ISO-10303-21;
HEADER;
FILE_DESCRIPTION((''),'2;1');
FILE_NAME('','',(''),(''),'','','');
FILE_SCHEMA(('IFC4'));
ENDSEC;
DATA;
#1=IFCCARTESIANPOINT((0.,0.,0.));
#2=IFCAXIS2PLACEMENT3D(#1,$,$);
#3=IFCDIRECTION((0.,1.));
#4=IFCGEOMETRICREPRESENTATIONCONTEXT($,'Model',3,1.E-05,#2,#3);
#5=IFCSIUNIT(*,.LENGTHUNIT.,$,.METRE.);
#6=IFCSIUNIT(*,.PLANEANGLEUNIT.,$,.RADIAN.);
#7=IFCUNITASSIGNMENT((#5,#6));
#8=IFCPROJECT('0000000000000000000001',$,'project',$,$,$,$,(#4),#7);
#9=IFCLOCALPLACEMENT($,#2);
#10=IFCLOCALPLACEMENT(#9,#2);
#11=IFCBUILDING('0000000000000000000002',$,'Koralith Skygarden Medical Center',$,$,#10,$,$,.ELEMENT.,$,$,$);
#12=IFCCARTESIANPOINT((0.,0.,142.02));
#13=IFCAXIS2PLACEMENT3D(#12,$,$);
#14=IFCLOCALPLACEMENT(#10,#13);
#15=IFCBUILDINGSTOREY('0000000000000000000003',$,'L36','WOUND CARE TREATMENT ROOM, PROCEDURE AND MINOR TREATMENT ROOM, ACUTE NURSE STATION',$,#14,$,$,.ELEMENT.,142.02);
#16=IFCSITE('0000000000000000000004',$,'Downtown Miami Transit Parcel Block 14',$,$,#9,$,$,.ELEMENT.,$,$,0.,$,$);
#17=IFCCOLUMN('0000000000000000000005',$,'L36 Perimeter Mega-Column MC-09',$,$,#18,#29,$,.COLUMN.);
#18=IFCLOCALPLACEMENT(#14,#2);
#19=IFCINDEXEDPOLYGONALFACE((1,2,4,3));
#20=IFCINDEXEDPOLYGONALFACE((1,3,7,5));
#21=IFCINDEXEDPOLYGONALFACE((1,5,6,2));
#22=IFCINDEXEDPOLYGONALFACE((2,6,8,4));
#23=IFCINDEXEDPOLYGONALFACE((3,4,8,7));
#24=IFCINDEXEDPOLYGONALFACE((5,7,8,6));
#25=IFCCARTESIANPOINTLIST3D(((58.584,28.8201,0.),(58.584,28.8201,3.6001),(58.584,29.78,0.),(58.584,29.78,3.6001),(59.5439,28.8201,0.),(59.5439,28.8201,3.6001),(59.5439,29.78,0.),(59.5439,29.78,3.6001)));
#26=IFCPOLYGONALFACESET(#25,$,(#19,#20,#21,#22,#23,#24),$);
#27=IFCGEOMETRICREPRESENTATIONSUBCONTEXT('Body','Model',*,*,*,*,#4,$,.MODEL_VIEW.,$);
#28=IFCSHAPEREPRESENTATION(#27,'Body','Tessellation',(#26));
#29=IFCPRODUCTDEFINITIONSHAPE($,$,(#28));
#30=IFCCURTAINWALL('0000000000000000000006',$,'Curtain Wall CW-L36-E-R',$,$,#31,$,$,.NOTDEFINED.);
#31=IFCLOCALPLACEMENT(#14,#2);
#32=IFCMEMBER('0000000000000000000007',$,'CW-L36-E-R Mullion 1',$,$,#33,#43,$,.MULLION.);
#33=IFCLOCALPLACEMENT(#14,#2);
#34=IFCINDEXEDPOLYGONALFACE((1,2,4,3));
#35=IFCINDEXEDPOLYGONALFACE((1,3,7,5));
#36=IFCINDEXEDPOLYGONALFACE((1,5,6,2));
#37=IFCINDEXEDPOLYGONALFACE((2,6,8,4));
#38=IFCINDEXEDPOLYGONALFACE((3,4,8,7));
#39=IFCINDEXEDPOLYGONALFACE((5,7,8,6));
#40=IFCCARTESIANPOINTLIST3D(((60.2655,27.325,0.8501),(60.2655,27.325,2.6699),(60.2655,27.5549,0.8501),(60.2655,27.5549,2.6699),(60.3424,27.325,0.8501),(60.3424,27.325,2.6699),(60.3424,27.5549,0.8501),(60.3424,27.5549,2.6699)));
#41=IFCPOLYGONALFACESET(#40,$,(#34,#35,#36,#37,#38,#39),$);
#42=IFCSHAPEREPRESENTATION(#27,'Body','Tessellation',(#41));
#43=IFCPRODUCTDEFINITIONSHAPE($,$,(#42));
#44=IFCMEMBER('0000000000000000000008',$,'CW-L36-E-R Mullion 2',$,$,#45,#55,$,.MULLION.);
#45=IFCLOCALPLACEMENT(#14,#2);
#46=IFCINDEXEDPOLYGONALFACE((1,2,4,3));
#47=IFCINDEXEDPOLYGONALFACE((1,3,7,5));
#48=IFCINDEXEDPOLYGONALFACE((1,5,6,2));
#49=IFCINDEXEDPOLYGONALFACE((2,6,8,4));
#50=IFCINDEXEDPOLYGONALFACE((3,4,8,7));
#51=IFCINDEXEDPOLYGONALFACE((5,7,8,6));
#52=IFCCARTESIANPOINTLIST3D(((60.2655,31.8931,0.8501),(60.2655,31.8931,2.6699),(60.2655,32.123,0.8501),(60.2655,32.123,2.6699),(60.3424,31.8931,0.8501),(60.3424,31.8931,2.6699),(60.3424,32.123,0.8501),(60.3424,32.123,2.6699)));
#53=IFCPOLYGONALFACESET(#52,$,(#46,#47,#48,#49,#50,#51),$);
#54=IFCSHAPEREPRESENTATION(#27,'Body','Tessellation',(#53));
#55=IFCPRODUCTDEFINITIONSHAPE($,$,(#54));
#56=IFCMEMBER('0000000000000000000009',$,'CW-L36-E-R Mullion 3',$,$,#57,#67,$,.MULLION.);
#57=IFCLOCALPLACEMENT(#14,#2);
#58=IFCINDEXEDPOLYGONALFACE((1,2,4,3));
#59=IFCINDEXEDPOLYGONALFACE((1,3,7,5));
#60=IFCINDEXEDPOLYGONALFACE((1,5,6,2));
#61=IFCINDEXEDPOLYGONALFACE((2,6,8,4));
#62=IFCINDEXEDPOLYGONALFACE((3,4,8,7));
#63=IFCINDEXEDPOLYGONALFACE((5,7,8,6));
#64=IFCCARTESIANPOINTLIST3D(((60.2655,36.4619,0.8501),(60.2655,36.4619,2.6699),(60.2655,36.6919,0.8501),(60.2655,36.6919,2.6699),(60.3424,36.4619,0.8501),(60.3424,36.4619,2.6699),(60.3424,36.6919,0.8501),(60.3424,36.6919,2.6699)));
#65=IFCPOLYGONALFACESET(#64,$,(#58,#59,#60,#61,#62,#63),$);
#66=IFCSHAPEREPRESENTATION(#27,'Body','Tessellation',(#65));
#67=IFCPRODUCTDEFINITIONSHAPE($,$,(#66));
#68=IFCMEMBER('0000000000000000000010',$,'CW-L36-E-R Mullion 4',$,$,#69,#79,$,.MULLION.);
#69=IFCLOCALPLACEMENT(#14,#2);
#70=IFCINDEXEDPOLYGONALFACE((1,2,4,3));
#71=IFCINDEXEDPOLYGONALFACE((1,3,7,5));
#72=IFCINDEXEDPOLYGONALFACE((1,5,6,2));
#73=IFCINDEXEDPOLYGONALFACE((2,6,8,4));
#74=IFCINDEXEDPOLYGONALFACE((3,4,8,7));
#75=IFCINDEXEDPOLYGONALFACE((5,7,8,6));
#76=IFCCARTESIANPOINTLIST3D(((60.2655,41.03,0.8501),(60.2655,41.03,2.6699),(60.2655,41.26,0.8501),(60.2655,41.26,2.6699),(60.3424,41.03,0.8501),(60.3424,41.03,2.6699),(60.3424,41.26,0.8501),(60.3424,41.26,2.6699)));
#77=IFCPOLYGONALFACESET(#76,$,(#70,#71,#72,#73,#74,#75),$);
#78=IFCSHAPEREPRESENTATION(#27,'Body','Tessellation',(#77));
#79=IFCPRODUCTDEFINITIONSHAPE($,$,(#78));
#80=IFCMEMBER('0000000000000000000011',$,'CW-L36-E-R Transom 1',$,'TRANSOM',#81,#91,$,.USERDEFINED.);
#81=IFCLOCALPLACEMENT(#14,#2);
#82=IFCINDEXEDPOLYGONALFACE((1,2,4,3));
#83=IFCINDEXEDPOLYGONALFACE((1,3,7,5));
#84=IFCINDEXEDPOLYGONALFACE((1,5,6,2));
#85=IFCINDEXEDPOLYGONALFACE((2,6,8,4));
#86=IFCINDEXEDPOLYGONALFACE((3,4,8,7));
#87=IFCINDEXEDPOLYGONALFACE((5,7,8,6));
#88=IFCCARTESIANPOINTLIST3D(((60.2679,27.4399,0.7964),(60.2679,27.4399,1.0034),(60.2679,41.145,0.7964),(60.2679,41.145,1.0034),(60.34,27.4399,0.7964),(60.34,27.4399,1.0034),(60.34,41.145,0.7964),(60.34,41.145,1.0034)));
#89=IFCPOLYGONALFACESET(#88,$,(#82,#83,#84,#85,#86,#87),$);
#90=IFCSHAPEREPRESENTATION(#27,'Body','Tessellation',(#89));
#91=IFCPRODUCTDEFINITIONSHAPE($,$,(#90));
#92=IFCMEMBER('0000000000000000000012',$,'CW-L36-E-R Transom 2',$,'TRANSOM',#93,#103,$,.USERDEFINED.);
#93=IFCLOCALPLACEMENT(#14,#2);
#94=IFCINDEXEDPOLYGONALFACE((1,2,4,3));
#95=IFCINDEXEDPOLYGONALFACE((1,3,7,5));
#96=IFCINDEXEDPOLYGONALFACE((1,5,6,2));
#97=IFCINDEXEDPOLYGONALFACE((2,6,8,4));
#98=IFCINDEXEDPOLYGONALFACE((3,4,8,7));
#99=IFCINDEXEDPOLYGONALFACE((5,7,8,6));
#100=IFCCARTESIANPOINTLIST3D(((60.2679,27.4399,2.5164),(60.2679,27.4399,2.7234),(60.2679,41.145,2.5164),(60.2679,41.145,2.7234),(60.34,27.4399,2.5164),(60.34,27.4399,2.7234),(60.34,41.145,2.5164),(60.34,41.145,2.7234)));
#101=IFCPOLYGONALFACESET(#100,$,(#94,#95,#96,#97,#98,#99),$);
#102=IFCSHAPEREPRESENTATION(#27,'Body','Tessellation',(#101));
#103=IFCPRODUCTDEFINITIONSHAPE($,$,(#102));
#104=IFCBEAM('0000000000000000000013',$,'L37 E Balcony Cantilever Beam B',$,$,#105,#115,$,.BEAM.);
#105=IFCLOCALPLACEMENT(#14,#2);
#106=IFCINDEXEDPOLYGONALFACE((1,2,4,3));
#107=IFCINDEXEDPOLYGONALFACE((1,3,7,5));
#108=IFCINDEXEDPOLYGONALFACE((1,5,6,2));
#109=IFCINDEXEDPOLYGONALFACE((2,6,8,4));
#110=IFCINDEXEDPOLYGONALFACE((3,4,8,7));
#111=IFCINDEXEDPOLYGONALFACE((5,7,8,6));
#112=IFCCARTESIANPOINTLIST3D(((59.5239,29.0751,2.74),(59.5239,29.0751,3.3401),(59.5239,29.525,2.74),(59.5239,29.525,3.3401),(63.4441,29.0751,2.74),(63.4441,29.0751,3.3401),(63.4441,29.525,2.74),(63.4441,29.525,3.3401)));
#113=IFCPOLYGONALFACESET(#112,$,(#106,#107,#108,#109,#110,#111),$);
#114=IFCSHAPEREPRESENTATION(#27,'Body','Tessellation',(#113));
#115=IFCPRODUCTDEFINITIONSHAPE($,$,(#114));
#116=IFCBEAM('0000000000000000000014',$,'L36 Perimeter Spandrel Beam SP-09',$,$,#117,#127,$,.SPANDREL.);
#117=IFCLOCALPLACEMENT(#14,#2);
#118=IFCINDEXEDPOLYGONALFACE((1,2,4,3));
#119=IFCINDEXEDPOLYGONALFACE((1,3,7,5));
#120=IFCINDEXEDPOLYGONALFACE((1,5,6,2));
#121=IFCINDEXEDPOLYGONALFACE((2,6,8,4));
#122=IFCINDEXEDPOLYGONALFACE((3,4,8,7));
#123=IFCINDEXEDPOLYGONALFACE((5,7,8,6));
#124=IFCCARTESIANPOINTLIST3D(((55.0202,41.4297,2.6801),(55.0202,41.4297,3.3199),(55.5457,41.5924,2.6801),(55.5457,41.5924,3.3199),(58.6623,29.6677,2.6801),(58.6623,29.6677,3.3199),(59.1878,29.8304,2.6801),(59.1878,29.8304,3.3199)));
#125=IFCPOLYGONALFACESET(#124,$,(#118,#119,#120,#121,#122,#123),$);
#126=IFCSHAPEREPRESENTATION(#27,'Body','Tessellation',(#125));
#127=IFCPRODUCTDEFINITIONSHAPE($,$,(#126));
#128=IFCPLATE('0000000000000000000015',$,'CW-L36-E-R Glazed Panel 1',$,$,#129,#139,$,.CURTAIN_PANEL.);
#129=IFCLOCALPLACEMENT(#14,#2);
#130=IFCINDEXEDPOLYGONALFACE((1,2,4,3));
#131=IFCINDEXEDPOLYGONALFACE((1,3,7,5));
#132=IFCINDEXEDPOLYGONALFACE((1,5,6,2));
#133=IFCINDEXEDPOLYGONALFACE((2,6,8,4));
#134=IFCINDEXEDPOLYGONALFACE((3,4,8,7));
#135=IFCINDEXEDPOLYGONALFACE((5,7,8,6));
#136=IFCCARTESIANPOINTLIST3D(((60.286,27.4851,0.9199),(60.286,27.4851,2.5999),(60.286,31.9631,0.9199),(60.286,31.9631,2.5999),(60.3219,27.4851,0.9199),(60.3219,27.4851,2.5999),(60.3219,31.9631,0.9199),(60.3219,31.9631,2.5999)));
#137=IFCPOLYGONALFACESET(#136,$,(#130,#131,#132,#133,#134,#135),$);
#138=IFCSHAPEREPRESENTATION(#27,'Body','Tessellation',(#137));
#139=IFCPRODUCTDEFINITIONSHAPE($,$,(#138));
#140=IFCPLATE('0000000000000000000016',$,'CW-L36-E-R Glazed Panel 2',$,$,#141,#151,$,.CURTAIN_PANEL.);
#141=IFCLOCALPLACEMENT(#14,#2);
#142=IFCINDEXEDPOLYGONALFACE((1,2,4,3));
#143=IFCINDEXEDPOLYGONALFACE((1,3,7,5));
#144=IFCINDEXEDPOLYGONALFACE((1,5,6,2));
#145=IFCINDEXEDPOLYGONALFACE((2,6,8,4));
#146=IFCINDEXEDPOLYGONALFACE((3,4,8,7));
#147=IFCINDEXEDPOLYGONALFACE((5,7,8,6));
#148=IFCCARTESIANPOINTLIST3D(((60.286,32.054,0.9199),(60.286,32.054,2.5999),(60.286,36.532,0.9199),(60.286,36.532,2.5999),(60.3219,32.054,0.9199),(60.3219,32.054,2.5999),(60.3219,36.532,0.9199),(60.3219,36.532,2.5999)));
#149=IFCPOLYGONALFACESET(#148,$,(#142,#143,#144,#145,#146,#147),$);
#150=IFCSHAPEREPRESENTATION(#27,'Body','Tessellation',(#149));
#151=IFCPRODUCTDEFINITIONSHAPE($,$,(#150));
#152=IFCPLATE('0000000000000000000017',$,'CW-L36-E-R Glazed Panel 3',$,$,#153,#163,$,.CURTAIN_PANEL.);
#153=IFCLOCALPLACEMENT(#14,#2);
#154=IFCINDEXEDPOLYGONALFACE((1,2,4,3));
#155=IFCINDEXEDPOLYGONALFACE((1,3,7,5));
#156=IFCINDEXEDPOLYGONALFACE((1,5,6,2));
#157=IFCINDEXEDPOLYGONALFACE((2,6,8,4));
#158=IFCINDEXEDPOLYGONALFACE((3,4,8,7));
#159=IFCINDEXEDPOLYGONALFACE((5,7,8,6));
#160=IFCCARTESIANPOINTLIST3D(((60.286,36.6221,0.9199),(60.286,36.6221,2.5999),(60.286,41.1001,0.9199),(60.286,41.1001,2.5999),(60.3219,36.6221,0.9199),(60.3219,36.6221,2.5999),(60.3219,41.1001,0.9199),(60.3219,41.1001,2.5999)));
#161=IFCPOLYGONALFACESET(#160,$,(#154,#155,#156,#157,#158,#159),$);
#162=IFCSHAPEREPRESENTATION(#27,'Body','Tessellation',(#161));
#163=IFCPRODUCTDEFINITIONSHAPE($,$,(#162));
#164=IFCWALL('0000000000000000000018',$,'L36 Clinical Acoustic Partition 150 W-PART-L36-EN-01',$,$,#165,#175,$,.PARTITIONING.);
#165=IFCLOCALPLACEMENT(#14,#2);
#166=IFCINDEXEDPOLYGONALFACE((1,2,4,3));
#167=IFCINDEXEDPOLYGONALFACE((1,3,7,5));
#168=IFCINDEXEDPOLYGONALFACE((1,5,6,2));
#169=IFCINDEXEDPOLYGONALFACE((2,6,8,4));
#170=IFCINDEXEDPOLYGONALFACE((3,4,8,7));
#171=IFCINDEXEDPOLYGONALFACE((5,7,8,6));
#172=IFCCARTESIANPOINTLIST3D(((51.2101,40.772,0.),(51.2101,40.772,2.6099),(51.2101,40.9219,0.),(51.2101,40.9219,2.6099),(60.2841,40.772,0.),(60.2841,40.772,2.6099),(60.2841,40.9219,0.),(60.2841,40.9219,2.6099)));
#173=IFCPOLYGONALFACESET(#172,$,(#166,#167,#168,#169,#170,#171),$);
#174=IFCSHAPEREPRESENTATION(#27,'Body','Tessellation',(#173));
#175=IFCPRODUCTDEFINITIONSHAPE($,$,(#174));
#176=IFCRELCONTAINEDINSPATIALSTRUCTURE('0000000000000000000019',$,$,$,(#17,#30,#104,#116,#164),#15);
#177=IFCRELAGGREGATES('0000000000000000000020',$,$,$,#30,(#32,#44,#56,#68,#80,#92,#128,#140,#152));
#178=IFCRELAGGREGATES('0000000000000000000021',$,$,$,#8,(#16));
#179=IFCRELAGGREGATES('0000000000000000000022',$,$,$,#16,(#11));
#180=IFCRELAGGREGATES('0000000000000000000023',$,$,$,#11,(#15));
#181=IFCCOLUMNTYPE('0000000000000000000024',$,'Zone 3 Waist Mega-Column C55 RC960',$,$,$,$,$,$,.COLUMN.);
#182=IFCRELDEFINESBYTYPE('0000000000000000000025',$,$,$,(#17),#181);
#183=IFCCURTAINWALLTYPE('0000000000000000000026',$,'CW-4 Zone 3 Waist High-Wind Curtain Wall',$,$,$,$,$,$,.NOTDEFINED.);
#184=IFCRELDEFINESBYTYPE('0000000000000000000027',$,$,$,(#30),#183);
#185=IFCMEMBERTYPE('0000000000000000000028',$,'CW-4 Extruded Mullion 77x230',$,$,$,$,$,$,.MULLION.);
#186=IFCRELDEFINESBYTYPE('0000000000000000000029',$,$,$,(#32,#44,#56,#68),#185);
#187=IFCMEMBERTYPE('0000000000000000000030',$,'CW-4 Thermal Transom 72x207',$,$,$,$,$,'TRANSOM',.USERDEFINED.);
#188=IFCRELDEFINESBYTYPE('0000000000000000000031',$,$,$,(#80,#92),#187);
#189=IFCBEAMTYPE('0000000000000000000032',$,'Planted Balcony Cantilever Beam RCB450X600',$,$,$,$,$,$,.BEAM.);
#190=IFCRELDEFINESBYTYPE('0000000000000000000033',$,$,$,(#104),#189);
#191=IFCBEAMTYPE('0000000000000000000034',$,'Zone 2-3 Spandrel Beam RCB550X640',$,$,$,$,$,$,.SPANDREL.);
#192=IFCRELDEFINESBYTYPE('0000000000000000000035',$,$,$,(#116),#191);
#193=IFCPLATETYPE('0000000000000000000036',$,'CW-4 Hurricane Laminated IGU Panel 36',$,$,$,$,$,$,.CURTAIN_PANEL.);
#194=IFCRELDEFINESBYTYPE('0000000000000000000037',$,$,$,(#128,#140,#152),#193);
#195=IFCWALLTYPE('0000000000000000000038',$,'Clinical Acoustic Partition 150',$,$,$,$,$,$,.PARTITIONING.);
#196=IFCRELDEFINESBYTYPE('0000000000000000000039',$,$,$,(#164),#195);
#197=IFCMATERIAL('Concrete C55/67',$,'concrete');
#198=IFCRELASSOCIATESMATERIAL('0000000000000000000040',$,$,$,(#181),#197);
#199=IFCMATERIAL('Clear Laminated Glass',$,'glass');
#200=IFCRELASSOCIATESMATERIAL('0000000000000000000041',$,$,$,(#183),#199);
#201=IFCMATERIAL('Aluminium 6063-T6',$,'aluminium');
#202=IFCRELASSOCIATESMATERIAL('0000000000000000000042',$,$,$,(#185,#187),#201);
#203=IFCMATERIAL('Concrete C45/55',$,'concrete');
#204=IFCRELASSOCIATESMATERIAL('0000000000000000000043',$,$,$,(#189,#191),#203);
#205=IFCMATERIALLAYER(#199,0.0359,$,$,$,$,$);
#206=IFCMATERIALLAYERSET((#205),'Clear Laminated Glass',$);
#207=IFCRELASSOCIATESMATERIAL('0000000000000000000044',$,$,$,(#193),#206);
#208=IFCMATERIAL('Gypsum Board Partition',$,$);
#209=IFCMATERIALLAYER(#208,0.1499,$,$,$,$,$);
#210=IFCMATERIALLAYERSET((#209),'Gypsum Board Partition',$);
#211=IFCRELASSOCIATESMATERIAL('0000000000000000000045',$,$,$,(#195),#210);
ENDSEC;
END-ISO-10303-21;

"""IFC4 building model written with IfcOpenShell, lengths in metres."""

from ifc_helpers import new_model, si_unit, direction, frame, frame_2d, origin, origin_2d, place, context, subcontext, project, spatial, rectangle, extrude, material, layer, layer_set, material_profile, profile_set, type_object, element, aggregate, save


model = new_model("IFC4")

# Units and contexts
model_context = context("Model", 3, precision=1e-05, world=origin(), true_north=direction((0.0, 1.0)))
body_context = subcontext(model_context, "Body", "Model", "MODEL_VIEW")
ifc_project = project(units=[si_unit("LENGTHUNIT", "METRE"), si_unit("PLANEANGLEUNIT", "RADIAN")], contexts=[model_context])

# Site, building, storey
site_placement = place(None, origin())
site = spatial("IfcSite", under=ifc_project, at=site_placement, Name="Downtown Miami Transit Parcel Block 14", CompositionType="ELEMENT", RefElevation=0.0)
building_placement = place(site_placement, origin())
building = spatial("IfcBuilding", under=site, at=building_placement, Name="Koralith Skygarden Medical Center", CompositionType="ELEMENT")
storey_placement = place(building_placement, frame((0.0, 0.0, 142.02)))
storey = spatial("IfcBuildingStorey", under=building, at=storey_placement, Name="L36", Description="WOUND CARE TREATMENT ROOM, PROCEDURE AND MINOR TREATMENT ROOM, ACUTE NURSE STATION", CompositionType="ELEMENT", Elevation=142.02)

# Column
ifc_material_1 = material(Name="Concrete C55/67", Category="concrete")
ifc_material_profile_1 = material_profile(ifc_material_1, rectangle(XDim=0.96, YDim=0.96, at=origin_2d()), Name="RC960X960")
ifc_profile_set_1 = profile_set([ifc_material_profile_1], Name="Concrete C55/67")
column_type = type_object("IfcColumnType", Name="Zone 3 Waist Mega-Column C55 RC960", PredefinedType="COLUMN", material=ifc_profile_set_1)
column_placement = place(storey_placement, frame((59.064, 29.3, 0.0), z_axis=(0.0, 0.0, 1.0), x_axis=(1.0, 0.0, 0.0)))
element("IfcColumn", 1, at=column_placement, inside=storey, type_object=column_type, Name="L36 Perimeter Mega-Column MC-09", PredefinedType="COLUMN", context=body_context, shape_type="SweptSolid", body=[
    extrude(rectangle(XDim=0.96, YDim=0.96, at=origin_2d()), origin(), (0.0, 0.0, 1.0), 3.6001),
])

# Curtain wall, members
ifc_material_2 = material(Name="Clear Laminated Glass", Category="glass")
curtain_wall_type = type_object("IfcCurtainWallType", Name="CW-4 Zone 3 Waist High-Wind Curtain Wall", PredefinedType="NOTDEFINED", material=ifc_material_2)
curtain_wall_placement = place(storey_placement, origin())
curtain_wall = element("IfcCurtainWall", 2, at=curtain_wall_placement, inside=storey, type_object=curtain_wall_type, Name="Curtain Wall CW-L36-E-R", PredefinedType="NOTDEFINED")
ifc_material_3 = material(Name="Aluminium 6063-T6", Category="aluminium")
ifc_material_profile_2 = material_profile(ifc_material_3, rectangle(XDim=0.0769, YDim=0.23, at=origin_2d()), Name="MUL77X230")
ifc_profile_set_2 = profile_set([ifc_material_profile_2], Name="Aluminium 6063-T6")
member_type_1 = type_object("IfcMemberType", Name="CW-4 Extruded Mullion 77x230", PredefinedType="MULLION", material=ifc_profile_set_2)
member_1_placement = place(storey_placement, frame((60.304, 27.4399, 0.8501), z_axis=(0.0, 0.0, 1.0), x_axis=(1.0, 0.0, 0.0)))
member_1 = element("IfcMember", 3, at=member_1_placement, type_object=member_type_1, Name="CW-L36-E-R Mullion 1", PredefinedType="MULLION", context=body_context, shape_type="SweptSolid", body=[
    extrude(rectangle(XDim=0.0769, YDim=0.23, at=origin_2d()), origin(), (0.0, 0.0, 1.0), 1.8198),
])
member_2_placement = place(storey_placement, frame((60.304, 32.0081, 0.8501), z_axis=(0.0, 0.0, 1.0), x_axis=(1.0, 0.0, 0.0)))
member_2 = element("IfcMember", 4, at=member_2_placement, type_object=member_type_1, Name="CW-L36-E-R Mullion 2", PredefinedType="MULLION", context=body_context, shape_type="SweptSolid", body=[
    extrude(rectangle(XDim=0.0769, YDim=0.23, at=origin_2d()), origin(), (0.0, 0.0, 1.0), 1.8198),
])
member_3_placement = place(storey_placement, frame((60.304, 36.5769, 0.8501), z_axis=(0.0, 0.0, 1.0), x_axis=(1.0, 0.0, 0.0)))
member_3 = element("IfcMember", 5, at=member_3_placement, type_object=member_type_1, Name="CW-L36-E-R Mullion 3", PredefinedType="MULLION", context=body_context, shape_type="SweptSolid", body=[
    extrude(rectangle(XDim=0.0769, YDim=0.23, at=origin_2d()), origin(), (0.0, 0.0, 1.0), 1.8198),
])
member_4_placement = place(storey_placement, frame((60.304, 41.145, 0.8501), z_axis=(0.0, 0.0, 1.0), x_axis=(1.0, 0.0, 0.0)))
member_4 = element("IfcMember", 6, at=member_4_placement, type_object=member_type_1, Name="CW-L36-E-R Mullion 4", PredefinedType="MULLION", context=body_context, shape_type="SweptSolid", body=[
    extrude(rectangle(XDim=0.0769, YDim=0.23, at=origin_2d()), origin(), (0.0, 0.0, 1.0), 1.8198),
])
ifc_material_profile_3 = material_profile(ifc_material_3, rectangle(XDim=0.072, YDim=0.207, at=origin_2d()), Name="TRN72X207")
ifc_profile_set_3 = profile_set([ifc_material_profile_3], Name="Aluminium 6063-T6")
member_type_2 = type_object("IfcMemberType", Name="CW-4 Thermal Transom 72x207", ElementType="TRANSOM", PredefinedType="USERDEFINED", material=ifc_profile_set_3)
member_5_placement = place(storey_placement, frame((60.304, 27.4399, 0.8999), z_axis=(0.0, 1.0, 0.0), x_axis=(-1.0, 0.0, 0.0)))
member_5 = element("IfcMember", 7, at=member_5_placement, type_object=member_type_2, Name="CW-L36-E-R Transom 1", ObjectType="TRANSOM", PredefinedType="USERDEFINED", context=body_context, shape_type="SweptSolid", body=[
    extrude(rectangle(XDim=0.072, YDim=0.207, at=origin_2d()), origin(), (0.0, 0.0, 1.0), 13.7051),
])
member_6_placement = place(storey_placement, frame((60.304, 27.4399, 2.6199), z_axis=(0.0, 1.0, 0.0), x_axis=(-1.0, 0.0, 0.0)))
member_6 = element("IfcMember", 8, at=member_6_placement, type_object=member_type_2, Name="CW-L36-E-R Transom 2", ObjectType="TRANSOM", PredefinedType="USERDEFINED", context=body_context, shape_type="SweptSolid", body=[
    extrude(rectangle(XDim=0.072, YDim=0.207, at=origin_2d()), origin(), (0.0, 0.0, 1.0), 13.7051),
])

# Beams
ifc_material_4 = material(Name="Concrete C45/55", Category="concrete")
ifc_material_profile_4 = material_profile(ifc_material_4, rectangle(XDim=0.45, YDim=0.6001, at=origin_2d()), Name="RCB450X600")
ifc_profile_set_4 = profile_set([ifc_material_profile_4], Name="Concrete C45/55")
beam_type_1 = type_object("IfcBeamType", Name="Planted Balcony Cantilever Beam RCB450X600", PredefinedType="BEAM", material=ifc_profile_set_4)
beam_1_placement = place(storey_placement, frame((59.5239, 29.3, 3.04), z_axis=(1.0, 0.0, 0.0), x_axis=(0.0, 1.0, 0.0)))
element("IfcBeam", 9, at=beam_1_placement, inside=storey, type_object=beam_type_1, Name="L37 E Balcony Cantilever Beam B", PredefinedType="BEAM", context=body_context, shape_type="SweptSolid", body=[
    extrude(rectangle(XDim=0.45, YDim=0.6001, at=origin_2d()), origin(), (0.0, 0.0, 1.0), 3.9202),
])
ifc_material_profile_5 = material_profile(ifc_material_4, rectangle(XDim=0.55, YDim=0.6399, at=origin_2d()), Name="RCB550X640")
ifc_profile_set_5 = profile_set([ifc_material_profile_5], Name="Concrete C45/55")
beam_type_2 = type_object("IfcBeamType", Name="Zone 2-3 Spandrel Beam RCB550X640", PredefinedType="SPANDREL", material=ifc_profile_set_5)
beam_2_placement = place(storey_placement, frame((58.925, 29.749, 3.0), z_axis=(-0.295794, 0.955252, 0.0), x_axis=(-0.955252, -0.295794, 0.0)))
element("IfcBeam", 10, at=beam_2_placement, inside=storey, type_object=beam_type_2, Name="L36 Perimeter Spandrel Beam SP-09", PredefinedType="SPANDREL", context=body_context, shape_type="SweptSolid", body=[
    extrude(rectangle(XDim=0.55, YDim=0.6399, at=origin_2d()), origin(), (0.0, 0.0, 1.0), 12.313),
])

# Plates
ifc_layer_1 = layer(ifc_material_2, 0.0359)
ifc_layer_set_1 = layer_set([ifc_layer_1], Name="Clear Laminated Glass")
plate_type = type_object("IfcPlateType", Name="CW-4 Hurricane Laminated IGU Panel 36", PredefinedType="CURTAIN_PANEL", material=ifc_layer_set_1)
plate_1_placement = place(storey_placement, frame((60.304, 29.7241, 0.9199), z_axis=(0.0, 0.0, 1.0), x_axis=(0.0, 1.0, 0.0)))
plate_1 = element("IfcPlate", 11, at=plate_1_placement, type_object=plate_type, Name="CW-L36-E-R Glazed Panel 1", PredefinedType="CURTAIN_PANEL", context=body_context, shape_type="SweptSolid", body=[
    extrude(rectangle(XDim=4.478, YDim=0.0359, at=origin_2d()), origin(), (0.0, 0.0, 1.0), 1.6799),
])
plate_2_placement = place(storey_placement, frame((60.304, 34.293, 0.9199), z_axis=(0.0, 0.0, 1.0), x_axis=(0.0, 1.0, 0.0)))
plate_2 = element("IfcPlate", 12, at=plate_2_placement, type_object=plate_type, Name="CW-L36-E-R Glazed Panel 2", PredefinedType="CURTAIN_PANEL", context=body_context, shape_type="SweptSolid", body=[
    extrude(rectangle(XDim=4.478, YDim=0.0359, at=origin_2d()), origin(), (0.0, 0.0, 1.0), 1.6799),
])
plate_3_placement = place(storey_placement, frame((60.304, 38.8611, 0.9199), z_axis=(0.0, 0.0, 1.0), x_axis=(0.0, 1.0, 0.0)))
plate_3 = element("IfcPlate", 13, at=plate_3_placement, type_object=plate_type, Name="CW-L36-E-R Glazed Panel 3", PredefinedType="CURTAIN_PANEL", context=body_context, shape_type="SweptSolid", body=[
    extrude(rectangle(XDim=4.478, YDim=0.0359, at=origin_2d()), origin(), (0.0, 0.0, 1.0), 1.6799),
])
aggregate(curtain_wall, [member_1, member_2, member_3, member_4, member_5, member_6, plate_1, plate_2, plate_3])

# Wall
ifc_material_5 = material(Name="Gypsum Board Partition")
ifc_layer_2 = layer(ifc_material_5, 0.1499)
ifc_layer_set_2 = layer_set([ifc_layer_2], Name="Gypsum Board Partition")
wall_type_1 = type_object("IfcWallType", Name="Clinical Acoustic Partition 150", PredefinedType="PARTITIONING", material=ifc_layer_set_2)
wall_1_placement = place(storey_placement, frame((51.21, 40.8469, 0.0), z_axis=(0.0, 0.0, 1.0), x_axis=(1.0, 0.0, 0.0)))
element("IfcWall", 14, at=wall_1_placement, inside=storey, type_object=wall_type_1, Name="L36 Clinical Acoustic Partition 150 W-PART-L36-EN-01", PredefinedType="PARTITIONING", context=body_context, shape_type="SweptSolid", body=[
    extrude(rectangle(XDim=9.074, YDim=0.1499, at=frame_2d((4.5371, 0.0))), origin(), (0.0, 0.0, 1.0), 2.6099),
])

save(model, "model.ifc")
